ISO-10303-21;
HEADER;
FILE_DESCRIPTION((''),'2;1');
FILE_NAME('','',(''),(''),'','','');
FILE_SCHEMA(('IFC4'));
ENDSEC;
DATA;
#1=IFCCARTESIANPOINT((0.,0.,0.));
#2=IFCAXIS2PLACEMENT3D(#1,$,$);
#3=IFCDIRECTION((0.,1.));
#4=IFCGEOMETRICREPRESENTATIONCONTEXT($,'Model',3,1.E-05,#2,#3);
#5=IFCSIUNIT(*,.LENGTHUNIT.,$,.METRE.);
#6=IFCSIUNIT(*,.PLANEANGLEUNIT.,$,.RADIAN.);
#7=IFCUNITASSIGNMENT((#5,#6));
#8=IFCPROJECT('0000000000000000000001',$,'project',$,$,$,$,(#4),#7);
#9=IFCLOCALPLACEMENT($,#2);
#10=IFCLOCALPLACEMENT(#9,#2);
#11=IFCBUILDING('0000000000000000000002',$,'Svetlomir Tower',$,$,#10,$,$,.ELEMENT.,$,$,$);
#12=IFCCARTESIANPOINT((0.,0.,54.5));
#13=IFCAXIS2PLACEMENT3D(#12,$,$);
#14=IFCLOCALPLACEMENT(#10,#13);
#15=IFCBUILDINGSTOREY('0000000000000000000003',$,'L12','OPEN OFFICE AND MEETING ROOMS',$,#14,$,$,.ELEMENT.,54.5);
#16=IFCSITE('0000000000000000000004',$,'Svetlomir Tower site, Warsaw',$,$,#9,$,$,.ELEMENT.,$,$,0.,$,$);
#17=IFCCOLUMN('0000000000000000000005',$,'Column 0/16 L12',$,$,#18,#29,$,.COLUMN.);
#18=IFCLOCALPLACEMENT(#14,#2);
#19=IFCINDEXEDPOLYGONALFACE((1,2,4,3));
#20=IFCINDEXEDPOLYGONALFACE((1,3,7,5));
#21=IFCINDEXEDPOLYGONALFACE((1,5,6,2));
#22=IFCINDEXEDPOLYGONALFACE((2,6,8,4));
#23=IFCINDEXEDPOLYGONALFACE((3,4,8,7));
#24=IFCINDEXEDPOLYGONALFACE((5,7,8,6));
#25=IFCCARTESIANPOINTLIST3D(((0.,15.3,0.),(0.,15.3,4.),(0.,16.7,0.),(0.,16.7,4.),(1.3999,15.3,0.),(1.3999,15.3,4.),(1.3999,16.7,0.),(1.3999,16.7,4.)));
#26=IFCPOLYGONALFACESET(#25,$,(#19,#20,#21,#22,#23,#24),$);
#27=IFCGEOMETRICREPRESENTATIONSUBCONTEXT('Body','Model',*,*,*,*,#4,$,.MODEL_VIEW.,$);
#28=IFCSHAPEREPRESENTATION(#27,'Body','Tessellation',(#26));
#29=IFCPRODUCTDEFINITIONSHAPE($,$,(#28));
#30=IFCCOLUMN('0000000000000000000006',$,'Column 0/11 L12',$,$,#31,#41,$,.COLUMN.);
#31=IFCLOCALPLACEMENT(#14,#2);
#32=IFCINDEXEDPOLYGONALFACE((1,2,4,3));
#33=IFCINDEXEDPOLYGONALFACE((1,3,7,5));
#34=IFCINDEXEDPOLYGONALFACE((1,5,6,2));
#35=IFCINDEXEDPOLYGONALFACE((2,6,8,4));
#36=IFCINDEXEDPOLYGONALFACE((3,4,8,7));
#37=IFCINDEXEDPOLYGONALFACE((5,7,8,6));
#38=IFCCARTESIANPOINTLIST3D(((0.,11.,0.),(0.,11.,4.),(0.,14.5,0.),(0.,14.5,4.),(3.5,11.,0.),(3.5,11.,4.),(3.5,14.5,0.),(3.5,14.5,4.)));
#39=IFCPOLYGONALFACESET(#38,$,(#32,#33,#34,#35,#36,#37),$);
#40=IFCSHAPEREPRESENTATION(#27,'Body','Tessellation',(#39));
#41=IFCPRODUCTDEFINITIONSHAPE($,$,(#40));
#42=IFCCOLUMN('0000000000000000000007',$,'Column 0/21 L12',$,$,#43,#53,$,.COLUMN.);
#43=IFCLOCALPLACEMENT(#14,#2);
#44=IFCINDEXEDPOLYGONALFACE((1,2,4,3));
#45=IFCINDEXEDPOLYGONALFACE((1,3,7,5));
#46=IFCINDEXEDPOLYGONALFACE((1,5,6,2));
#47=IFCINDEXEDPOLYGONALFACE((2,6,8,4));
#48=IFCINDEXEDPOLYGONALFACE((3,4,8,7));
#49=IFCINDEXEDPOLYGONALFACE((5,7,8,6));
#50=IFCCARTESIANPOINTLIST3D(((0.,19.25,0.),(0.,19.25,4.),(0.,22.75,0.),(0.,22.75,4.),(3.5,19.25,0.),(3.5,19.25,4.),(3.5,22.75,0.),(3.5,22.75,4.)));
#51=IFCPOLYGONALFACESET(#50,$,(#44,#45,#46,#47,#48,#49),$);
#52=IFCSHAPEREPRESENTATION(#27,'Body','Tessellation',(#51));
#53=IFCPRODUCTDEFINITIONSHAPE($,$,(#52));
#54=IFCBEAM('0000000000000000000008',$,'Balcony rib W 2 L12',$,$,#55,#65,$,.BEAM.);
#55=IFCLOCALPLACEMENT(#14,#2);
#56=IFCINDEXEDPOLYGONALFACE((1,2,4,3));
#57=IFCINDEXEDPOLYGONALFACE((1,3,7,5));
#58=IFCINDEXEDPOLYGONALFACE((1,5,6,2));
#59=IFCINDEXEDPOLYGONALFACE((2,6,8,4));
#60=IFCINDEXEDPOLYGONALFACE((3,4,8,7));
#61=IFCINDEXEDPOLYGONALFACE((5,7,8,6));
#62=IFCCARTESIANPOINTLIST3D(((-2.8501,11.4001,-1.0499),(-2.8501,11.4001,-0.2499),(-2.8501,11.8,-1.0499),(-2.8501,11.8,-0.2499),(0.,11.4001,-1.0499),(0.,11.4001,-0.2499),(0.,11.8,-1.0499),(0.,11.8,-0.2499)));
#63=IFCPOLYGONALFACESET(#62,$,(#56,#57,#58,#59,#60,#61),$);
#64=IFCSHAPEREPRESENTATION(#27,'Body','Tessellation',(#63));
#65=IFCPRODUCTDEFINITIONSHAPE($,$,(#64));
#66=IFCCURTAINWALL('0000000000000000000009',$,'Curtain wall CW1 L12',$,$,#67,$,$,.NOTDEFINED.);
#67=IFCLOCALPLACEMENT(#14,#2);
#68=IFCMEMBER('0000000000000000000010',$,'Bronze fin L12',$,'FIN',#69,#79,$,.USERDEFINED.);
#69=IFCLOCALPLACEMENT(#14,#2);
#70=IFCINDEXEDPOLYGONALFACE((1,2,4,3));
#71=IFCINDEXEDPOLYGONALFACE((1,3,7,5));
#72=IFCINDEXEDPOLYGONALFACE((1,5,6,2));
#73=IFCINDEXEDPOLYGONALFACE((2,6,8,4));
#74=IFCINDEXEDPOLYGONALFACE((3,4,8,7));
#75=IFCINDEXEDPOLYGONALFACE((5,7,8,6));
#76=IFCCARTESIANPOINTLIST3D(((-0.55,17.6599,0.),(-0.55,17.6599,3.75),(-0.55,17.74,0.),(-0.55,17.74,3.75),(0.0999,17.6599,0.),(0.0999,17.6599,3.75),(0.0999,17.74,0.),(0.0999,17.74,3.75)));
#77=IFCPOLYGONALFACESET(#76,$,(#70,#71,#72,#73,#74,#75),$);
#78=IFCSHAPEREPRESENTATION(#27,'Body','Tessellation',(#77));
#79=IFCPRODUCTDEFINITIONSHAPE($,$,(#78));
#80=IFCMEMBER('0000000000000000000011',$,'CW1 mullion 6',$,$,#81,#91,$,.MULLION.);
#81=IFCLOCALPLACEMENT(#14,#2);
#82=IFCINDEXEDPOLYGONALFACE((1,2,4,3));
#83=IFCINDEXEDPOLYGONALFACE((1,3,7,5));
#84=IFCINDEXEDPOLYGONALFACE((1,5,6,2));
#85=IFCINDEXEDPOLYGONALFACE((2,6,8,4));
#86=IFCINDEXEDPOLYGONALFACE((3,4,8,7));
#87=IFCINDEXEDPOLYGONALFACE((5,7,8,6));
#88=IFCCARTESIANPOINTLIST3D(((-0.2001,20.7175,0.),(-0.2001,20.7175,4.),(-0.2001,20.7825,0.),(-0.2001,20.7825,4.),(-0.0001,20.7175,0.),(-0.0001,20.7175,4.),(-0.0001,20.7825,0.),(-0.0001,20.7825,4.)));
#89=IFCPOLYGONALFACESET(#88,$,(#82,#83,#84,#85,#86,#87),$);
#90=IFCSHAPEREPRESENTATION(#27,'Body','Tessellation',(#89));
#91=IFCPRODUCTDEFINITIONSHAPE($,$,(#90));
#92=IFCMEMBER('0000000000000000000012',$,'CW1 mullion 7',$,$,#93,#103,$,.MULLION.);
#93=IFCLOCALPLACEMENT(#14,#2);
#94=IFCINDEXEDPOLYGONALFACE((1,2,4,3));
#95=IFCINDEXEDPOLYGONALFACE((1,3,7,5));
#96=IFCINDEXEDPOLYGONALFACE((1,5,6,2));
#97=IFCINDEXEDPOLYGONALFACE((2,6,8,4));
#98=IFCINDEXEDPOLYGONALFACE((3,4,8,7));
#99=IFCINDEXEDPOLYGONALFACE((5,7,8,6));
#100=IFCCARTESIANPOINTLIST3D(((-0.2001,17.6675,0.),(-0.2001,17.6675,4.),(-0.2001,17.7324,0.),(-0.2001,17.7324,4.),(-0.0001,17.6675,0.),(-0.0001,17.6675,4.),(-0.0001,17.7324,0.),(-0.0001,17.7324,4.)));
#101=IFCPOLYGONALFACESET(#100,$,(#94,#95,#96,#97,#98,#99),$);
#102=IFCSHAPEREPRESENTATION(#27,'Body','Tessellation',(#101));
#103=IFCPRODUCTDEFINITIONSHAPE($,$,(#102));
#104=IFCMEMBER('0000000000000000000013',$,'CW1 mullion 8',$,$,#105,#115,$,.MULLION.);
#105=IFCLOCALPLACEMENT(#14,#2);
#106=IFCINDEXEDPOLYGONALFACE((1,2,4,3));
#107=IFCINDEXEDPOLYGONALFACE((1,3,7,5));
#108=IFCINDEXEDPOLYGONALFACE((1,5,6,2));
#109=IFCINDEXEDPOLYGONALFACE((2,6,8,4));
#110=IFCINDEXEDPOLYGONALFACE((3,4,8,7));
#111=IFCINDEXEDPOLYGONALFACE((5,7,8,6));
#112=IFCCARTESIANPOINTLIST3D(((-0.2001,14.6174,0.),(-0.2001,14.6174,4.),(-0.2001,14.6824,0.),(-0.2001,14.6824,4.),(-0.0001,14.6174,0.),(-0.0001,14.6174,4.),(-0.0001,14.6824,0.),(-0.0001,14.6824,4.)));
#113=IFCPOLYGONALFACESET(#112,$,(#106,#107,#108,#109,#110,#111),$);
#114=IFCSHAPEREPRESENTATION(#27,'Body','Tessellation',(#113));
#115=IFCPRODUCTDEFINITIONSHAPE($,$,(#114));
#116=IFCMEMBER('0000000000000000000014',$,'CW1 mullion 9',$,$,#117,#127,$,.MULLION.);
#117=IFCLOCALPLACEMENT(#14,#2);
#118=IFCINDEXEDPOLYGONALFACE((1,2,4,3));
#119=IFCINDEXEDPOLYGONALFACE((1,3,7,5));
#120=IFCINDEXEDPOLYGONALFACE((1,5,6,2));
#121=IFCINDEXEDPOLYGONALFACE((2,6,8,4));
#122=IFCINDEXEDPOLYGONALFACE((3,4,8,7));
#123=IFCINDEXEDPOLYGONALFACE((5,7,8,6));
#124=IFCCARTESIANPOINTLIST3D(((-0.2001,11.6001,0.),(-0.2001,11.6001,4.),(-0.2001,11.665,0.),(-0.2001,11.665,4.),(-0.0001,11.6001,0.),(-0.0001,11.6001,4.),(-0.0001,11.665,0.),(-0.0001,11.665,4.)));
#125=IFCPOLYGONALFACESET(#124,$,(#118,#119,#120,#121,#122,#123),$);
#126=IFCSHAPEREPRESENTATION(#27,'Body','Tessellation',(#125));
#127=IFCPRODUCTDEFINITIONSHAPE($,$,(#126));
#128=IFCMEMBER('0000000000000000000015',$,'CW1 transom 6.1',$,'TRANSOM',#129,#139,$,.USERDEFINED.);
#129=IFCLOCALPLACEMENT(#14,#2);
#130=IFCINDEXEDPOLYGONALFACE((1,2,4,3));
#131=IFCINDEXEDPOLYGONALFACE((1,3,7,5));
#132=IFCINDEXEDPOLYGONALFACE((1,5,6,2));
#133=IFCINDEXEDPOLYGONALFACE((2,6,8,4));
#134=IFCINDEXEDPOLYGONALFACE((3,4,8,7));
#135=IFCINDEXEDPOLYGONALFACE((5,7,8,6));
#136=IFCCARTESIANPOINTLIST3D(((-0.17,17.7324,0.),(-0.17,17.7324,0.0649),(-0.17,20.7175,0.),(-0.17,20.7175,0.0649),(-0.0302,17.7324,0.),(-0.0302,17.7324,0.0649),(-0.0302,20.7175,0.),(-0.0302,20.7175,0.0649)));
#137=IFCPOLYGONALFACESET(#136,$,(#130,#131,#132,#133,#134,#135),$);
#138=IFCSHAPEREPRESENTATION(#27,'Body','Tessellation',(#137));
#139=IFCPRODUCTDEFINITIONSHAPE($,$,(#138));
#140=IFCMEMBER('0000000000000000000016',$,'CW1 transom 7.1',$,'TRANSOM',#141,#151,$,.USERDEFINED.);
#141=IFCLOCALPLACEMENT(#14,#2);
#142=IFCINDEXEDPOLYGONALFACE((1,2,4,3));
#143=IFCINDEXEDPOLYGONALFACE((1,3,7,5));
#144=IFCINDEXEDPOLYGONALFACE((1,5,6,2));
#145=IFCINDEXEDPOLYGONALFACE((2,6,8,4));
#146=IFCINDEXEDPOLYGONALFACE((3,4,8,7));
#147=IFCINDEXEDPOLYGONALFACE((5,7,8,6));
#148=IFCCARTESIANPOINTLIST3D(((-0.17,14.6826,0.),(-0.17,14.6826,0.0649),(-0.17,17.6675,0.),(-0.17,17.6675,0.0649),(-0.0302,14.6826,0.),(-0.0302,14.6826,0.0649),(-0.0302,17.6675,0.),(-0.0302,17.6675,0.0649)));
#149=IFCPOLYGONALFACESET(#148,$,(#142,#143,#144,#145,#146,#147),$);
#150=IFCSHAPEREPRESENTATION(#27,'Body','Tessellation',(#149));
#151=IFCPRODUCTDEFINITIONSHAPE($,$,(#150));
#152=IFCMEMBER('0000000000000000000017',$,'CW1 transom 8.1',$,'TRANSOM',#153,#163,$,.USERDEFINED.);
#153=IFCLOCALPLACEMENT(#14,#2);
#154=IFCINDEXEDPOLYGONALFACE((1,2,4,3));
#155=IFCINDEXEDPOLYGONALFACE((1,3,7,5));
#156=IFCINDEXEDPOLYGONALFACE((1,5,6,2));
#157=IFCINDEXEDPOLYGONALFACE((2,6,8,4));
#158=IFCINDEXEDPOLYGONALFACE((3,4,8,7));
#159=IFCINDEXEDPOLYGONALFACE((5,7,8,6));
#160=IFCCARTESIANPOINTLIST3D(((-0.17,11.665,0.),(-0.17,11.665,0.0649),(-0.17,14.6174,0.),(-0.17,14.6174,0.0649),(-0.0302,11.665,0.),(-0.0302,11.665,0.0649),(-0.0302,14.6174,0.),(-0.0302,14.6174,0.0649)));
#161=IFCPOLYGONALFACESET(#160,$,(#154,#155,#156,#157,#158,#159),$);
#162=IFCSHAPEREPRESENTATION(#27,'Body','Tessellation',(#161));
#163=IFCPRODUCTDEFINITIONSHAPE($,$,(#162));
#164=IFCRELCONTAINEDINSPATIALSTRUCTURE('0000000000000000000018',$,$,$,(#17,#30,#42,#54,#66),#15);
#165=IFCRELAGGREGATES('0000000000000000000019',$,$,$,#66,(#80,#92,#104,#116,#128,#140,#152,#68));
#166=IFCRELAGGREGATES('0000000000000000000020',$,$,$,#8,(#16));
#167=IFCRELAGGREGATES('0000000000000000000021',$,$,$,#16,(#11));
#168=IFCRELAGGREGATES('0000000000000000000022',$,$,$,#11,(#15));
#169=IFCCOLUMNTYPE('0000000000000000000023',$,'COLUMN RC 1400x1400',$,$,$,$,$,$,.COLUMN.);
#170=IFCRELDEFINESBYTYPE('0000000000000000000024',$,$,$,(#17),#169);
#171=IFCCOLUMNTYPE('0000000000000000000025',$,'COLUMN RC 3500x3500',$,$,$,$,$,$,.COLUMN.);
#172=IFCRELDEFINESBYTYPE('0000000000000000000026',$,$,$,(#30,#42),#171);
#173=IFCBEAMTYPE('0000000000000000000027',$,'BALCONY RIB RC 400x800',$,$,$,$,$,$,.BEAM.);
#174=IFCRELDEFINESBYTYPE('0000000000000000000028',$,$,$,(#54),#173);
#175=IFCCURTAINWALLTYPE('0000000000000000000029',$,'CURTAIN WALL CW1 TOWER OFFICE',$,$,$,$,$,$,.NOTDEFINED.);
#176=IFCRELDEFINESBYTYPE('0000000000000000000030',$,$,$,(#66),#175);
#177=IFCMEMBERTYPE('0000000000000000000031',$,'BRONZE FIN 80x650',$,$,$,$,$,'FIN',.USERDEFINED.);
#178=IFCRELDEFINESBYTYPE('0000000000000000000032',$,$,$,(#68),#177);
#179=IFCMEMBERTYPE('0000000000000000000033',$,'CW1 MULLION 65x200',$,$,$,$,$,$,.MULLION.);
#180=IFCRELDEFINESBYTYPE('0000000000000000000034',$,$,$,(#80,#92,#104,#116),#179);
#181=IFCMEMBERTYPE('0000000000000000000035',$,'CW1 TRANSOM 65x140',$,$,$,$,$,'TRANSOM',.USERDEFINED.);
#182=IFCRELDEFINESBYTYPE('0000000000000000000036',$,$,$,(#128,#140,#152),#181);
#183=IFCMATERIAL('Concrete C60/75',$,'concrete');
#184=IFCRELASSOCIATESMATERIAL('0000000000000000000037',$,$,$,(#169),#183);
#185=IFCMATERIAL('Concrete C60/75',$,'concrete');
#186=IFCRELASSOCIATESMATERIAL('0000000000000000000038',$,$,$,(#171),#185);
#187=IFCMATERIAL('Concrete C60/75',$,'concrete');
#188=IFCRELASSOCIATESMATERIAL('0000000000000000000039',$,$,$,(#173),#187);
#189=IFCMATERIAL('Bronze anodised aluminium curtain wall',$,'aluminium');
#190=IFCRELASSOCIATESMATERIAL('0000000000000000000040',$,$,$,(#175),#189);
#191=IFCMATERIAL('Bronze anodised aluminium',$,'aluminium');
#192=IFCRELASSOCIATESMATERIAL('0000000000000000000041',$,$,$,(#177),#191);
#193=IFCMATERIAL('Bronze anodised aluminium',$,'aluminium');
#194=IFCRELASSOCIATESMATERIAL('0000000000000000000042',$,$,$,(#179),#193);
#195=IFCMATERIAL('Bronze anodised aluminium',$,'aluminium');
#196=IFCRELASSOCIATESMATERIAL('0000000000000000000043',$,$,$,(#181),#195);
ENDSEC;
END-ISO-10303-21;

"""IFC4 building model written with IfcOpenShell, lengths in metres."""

from ifc_helpers import new_model, si_unit, direction, frame, origin, origin_2d, place, context, subcontext, project, spatial, rectangle, extrude, material, material_profile, profile_set, type_object, element, aggregate, save


model = new_model("IFC4")

# Units and contexts
model_context = context("Model", 3, precision=1e-05, world=origin(), true_north=direction((0.0, 1.0)))
body_context = subcontext(model_context, "Body", "Model", "MODEL_VIEW")
ifc_project = project(units=[si_unit("LENGTHUNIT", "METRE"), si_unit("PLANEANGLEUNIT", "RADIAN")], contexts=[model_context])

# Site, building, storey
site_placement = place(None, origin())
site = spatial("IfcSite", under=ifc_project, at=site_placement, Name="Svetlomir Tower site, Warsaw", CompositionType="ELEMENT", RefElevation=0.0)
building_placement = place(site_placement, origin())
building = spatial("IfcBuilding", under=site, at=building_placement, Name="Svetlomir Tower", CompositionType="ELEMENT")
storey_placement = place(building_placement, frame((0.0, 0.0, 54.5)))
storey = spatial("IfcBuildingStorey", under=building, at=storey_placement, Name="L12", Description="OPEN OFFICE AND MEETING ROOMS", CompositionType="ELEMENT", Elevation=54.5)

# Columns
ifc_material_1 = material(Name="Concrete C60/75", Category="concrete")
ifc_material_profile_1 = material_profile(ifc_material_1, rectangle(XDim=1.3999, YDim=1.3999, at=origin_2d()), Name="RC 1400x1400")
ifc_profile_set_1 = profile_set([ifc_material_profile_1], Name="Concrete C60/75")
column_type_1 = type_object("IfcColumnType", Name="COLUMN RC 1400x1400", PredefinedType="COLUMN", material=ifc_profile_set_1)
column_placement = place(storey_placement, frame((0.7, 16.0, 0.0), z_axis=(0.0, 0.0, 1.0), x_axis=(1.0, 0.0, 0.0)))
element("IfcColumn", 1, at=column_placement, inside=storey, type_object=column_type_1, Name="Column 0/16 L12", PredefinedType="COLUMN", context=body_context, shape_type="SweptSolid", body=[
    extrude(rectangle(XDim=1.3999, YDim=1.3999, at=origin_2d()), origin(), (0.0, 0.0, 1.0), 4.0),
])
ifc_material_2 = material(Name="Concrete C60/75", Category="concrete")
ifc_material_profile_2 = material_profile(ifc_material_2, rectangle(XDim=3.5, YDim=3.5, at=origin_2d()), Name="RC 3500x3500")
ifc_profile_set_2 = profile_set([ifc_material_profile_2], Name="Concrete C60/75")
column_type_2 = type_object("IfcColumnType", Name="COLUMN RC 3500x3500", PredefinedType="COLUMN", material=ifc_profile_set_2)
for number, where, z_axis, x_axis, name in (
    (2, (1.75, 12.75, 0.0), (0.0, 0.0, 1.0), (1.0, 0.0, 0.0), "Column 0/11 L12"),
    (3, (1.75, 21.0, 0.0), (0.0, 0.0, 1.0), (1.0, 0.0, 0.0), "Column 0/21 L12"),
):
    element("IfcColumn", number, at=place(storey_placement, frame(where, z_axis=z_axis, x_axis=x_axis)), inside=storey, type_object=column_type_2, Name=name, PredefinedType="COLUMN", context=body_context, shape_type="SweptSolid", body=[
        extrude(rectangle(XDim=3.5, YDim=3.5, at=origin_2d()), origin(), (0.0, 0.0, 1.0), 4.0),
    ])

# Beam
ifc_material_3 = material(Name="Concrete C60/75", Category="concrete")
ifc_material_profile_3 = material_profile(ifc_material_3, rectangle(XDim=0.3999, YDim=0.8, at=origin_2d()), Name="RC 400x800")
ifc_profile_set_3 = profile_set([ifc_material_profile_3], Name="Concrete C60/75")
beam_type_1 = type_object("IfcBeamType", Name="BALCONY RIB RC 400x800", PredefinedType="BEAM", material=ifc_profile_set_3)
beam_1_placement = place(storey_placement, frame((0.0, 11.6001, -0.6499), z_axis=(-1.0, 0.0, 0.0), x_axis=(0.0, -1.0, 0.0)))
element("IfcBeam", 4, at=beam_1_placement, inside=storey, type_object=beam_type_1, Name="Balcony rib W 2 L12", PredefinedType="BEAM", context=body_context, shape_type="SweptSolid", body=[
    extrude(rectangle(XDim=0.3999, YDim=0.8, at=origin_2d()), origin(), (0.0, 0.0, 1.0), 2.8501),
])

# Curtain wall, members
ifc_material_4 = material(Name="Bronze anodised aluminium curtain wall", Category="aluminium")
curtain_wall_type = type_object("IfcCurtainWallType", Name="CURTAIN WALL CW1 TOWER OFFICE", PredefinedType="NOTDEFINED", material=ifc_material_4)
curtain_wall_placement = place(storey_placement, origin())
curtain_wall = element("IfcCurtainWall", 5, at=curtain_wall_placement, inside=storey, type_object=curtain_wall_type, Name="Curtain wall CW1 L12", PredefinedType="NOTDEFINED")
ifc_material_5 = material(Name="Bronze anodised aluminium", Category="aluminium")
ifc_material_profile_4 = material_profile(ifc_material_5, rectangle(XDim=0.0801, YDim=0.6499, at=origin_2d()), Name="FIN 80x650")
ifc_profile_set_4 = profile_set([ifc_material_profile_4], Name="Bronze anodised aluminium 6063-T6")
member_type_1 = type_object("IfcMemberType", Name="BRONZE FIN 80x650", ElementType="FIN", PredefinedType="USERDEFINED", material=ifc_profile_set_4)
member_1_placement = place(storey_placement, frame((-0.2251, 17.7, 0.0), z_axis=(0.0, 0.0, 1.0), x_axis=(0.0, 1.0, 0.0)))
member_1 = element("IfcMember", 6, at=member_1_placement, type_object=member_type_1, Name="Bronze fin L12", ObjectType="FIN", PredefinedType="USERDEFINED", context=body_context, shape_type="SweptSolid", body=[
    extrude(rectangle(XDim=0.0801, YDim=0.6499, at=origin_2d()), origin(), (0.0, 0.0, 1.0), 3.75),
])
ifc_material_6 = material(Name="Bronze anodised aluminium", Category="aluminium")
ifc_material_profile_5 = material_profile(ifc_material_6, rectangle(XDim=0.0649, YDim=0.2, at=origin_2d()), Name="AL 65x200")
ifc_profile_set_5 = profile_set([ifc_material_profile_5], Name="Bronze anodised aluminium 6063-T6")
member_type_2 = type_object("IfcMemberType", Name="CW1 MULLION 65x200", PredefinedType="MULLION", material=ifc_profile_set_5)
member_2_placement = place(storey_placement, frame((-0.1001, 20.75, 0.0), z_axis=(0.0, 0.0, 1.0), x_axis=(0.0, -1.0, 0.0)))
member_2 = element("IfcMember", 7, at=member_2_placement, type_object=member_type_2, Name="CW1 mullion 6", PredefinedType="MULLION", context=body_context, shape_type="SweptSolid", body=[
    extrude(rectangle(XDim=0.0649, YDim=0.2, at=origin_2d()), origin(), (0.0, 0.0, 1.0), 4.0),
])
member_3_placement = place(storey_placement, frame((-0.1001, 17.7, 0.0), z_axis=(0.0, 0.0, 1.0), x_axis=(0.0, -1.0, 0.0)))
member_3 = element("IfcMember", 8, at=member_3_placement, type_object=member_type_2, Name="CW1 mullion 7", PredefinedType="MULLION", context=body_context, shape_type="SweptSolid", body=[
    extrude(rectangle(XDim=0.0649, YDim=0.2, at=origin_2d()), origin(), (0.0, 0.0, 1.0), 4.0),
])
member_4_placement = place(storey_placement, frame((-0.1001, 14.6499, 0.0), z_axis=(0.0, 0.0, 1.0), x_axis=(0.0, -1.0, 0.0)))
member_4 = element("IfcMember", 9, at=member_4_placement, type_object=member_type_2, Name="CW1 mullion 8", PredefinedType="MULLION", context=body_context, shape_type="SweptSolid", body=[
    extrude(rectangle(XDim=0.0649, YDim=0.2, at=origin_2d()), origin(), (0.0, 0.0, 1.0), 4.0),
])
member_5_placement = place(storey_placement, frame((-0.1001, 11.6326, 0.0), z_axis=(0.0, 0.0, 1.0), x_axis=(0.0, -1.0, 0.0)))
member_5 = element("IfcMember", 10, at=member_5_placement, type_object=member_type_2, Name="CW1 mullion 9", PredefinedType="MULLION", context=body_context, shape_type="SweptSolid", body=[
    extrude(rectangle(XDim=0.0649, YDim=0.2, at=origin_2d()), origin(), (0.0, 0.0, 1.0), 4.0),
])
ifc_material_7 = material(Name="Bronze anodised aluminium", Category="aluminium")
ifc_material_profile_6 = material_profile(ifc_material_7, rectangle(XDim=0.1399, YDim=0.0649, at=origin_2d()), Name="AL 140x65")
ifc_profile_set_6 = profile_set([ifc_material_profile_6], Name="Bronze anodised aluminium 6063-T6")
member_type_3 = type_object("IfcMemberType", Name="CW1 TRANSOM 65x140", ElementType="TRANSOM", PredefinedType="USERDEFINED", material=ifc_profile_set_6)
member_6_placement = place(storey_placement, frame((-0.1001, 20.7175, 0.0325), z_axis=(0.0, -1.0, 0.0), x_axis=(1.0, 0.0, 0.0)))
member_6 = element("IfcMember", 11, at=member_6_placement, type_object=member_type_3, Name="CW1 transom 6.1", ObjectType="TRANSOM", PredefinedType="USERDEFINED", context=body_context, shape_type="SweptSolid", body=[
    extrude(rectangle(XDim=0.1399, YDim=0.0649, at=origin_2d()), origin(), (0.0, 0.0, 1.0), 2.9851),
])
member_7_placement = place(storey_placement, frame((-0.1001, 17.6675, 0.0325), z_axis=(0.0, -1.0, 0.0), x_axis=(1.0, 0.0, 0.0)))
member_7 = element("IfcMember", 12, at=member_7_placement, type_object=member_type_3, Name="CW1 transom 7.1", ObjectType="TRANSOM", PredefinedType="USERDEFINED", context=body_context, shape_type="SweptSolid", body=[
    extrude(rectangle(XDim=0.1399, YDim=0.0649, at=origin_2d()), origin(), (0.0, 0.0, 1.0), 2.9849),
])
member_8_placement = place(storey_placement, frame((-0.1001, 14.6174, 0.0325), z_axis=(0.0, -1.0, 0.0), x_axis=(1.0, 0.0, 0.0)))
member_8 = element("IfcMember", 13, at=member_8_placement, type_object=member_type_3, Name="CW1 transom 8.1", ObjectType="TRANSOM", PredefinedType="USERDEFINED", context=body_context, shape_type="SweptSolid", body=[
    extrude(rectangle(XDim=0.1399, YDim=0.0649, at=origin_2d()), origin(), (0.0, 0.0, 1.0), 2.9524),
])

aggregate(curtain_wall, [member_2, member_3, member_4, member_5, member_6, member_7, member_8, member_1])

save(model, "model.ifc")
